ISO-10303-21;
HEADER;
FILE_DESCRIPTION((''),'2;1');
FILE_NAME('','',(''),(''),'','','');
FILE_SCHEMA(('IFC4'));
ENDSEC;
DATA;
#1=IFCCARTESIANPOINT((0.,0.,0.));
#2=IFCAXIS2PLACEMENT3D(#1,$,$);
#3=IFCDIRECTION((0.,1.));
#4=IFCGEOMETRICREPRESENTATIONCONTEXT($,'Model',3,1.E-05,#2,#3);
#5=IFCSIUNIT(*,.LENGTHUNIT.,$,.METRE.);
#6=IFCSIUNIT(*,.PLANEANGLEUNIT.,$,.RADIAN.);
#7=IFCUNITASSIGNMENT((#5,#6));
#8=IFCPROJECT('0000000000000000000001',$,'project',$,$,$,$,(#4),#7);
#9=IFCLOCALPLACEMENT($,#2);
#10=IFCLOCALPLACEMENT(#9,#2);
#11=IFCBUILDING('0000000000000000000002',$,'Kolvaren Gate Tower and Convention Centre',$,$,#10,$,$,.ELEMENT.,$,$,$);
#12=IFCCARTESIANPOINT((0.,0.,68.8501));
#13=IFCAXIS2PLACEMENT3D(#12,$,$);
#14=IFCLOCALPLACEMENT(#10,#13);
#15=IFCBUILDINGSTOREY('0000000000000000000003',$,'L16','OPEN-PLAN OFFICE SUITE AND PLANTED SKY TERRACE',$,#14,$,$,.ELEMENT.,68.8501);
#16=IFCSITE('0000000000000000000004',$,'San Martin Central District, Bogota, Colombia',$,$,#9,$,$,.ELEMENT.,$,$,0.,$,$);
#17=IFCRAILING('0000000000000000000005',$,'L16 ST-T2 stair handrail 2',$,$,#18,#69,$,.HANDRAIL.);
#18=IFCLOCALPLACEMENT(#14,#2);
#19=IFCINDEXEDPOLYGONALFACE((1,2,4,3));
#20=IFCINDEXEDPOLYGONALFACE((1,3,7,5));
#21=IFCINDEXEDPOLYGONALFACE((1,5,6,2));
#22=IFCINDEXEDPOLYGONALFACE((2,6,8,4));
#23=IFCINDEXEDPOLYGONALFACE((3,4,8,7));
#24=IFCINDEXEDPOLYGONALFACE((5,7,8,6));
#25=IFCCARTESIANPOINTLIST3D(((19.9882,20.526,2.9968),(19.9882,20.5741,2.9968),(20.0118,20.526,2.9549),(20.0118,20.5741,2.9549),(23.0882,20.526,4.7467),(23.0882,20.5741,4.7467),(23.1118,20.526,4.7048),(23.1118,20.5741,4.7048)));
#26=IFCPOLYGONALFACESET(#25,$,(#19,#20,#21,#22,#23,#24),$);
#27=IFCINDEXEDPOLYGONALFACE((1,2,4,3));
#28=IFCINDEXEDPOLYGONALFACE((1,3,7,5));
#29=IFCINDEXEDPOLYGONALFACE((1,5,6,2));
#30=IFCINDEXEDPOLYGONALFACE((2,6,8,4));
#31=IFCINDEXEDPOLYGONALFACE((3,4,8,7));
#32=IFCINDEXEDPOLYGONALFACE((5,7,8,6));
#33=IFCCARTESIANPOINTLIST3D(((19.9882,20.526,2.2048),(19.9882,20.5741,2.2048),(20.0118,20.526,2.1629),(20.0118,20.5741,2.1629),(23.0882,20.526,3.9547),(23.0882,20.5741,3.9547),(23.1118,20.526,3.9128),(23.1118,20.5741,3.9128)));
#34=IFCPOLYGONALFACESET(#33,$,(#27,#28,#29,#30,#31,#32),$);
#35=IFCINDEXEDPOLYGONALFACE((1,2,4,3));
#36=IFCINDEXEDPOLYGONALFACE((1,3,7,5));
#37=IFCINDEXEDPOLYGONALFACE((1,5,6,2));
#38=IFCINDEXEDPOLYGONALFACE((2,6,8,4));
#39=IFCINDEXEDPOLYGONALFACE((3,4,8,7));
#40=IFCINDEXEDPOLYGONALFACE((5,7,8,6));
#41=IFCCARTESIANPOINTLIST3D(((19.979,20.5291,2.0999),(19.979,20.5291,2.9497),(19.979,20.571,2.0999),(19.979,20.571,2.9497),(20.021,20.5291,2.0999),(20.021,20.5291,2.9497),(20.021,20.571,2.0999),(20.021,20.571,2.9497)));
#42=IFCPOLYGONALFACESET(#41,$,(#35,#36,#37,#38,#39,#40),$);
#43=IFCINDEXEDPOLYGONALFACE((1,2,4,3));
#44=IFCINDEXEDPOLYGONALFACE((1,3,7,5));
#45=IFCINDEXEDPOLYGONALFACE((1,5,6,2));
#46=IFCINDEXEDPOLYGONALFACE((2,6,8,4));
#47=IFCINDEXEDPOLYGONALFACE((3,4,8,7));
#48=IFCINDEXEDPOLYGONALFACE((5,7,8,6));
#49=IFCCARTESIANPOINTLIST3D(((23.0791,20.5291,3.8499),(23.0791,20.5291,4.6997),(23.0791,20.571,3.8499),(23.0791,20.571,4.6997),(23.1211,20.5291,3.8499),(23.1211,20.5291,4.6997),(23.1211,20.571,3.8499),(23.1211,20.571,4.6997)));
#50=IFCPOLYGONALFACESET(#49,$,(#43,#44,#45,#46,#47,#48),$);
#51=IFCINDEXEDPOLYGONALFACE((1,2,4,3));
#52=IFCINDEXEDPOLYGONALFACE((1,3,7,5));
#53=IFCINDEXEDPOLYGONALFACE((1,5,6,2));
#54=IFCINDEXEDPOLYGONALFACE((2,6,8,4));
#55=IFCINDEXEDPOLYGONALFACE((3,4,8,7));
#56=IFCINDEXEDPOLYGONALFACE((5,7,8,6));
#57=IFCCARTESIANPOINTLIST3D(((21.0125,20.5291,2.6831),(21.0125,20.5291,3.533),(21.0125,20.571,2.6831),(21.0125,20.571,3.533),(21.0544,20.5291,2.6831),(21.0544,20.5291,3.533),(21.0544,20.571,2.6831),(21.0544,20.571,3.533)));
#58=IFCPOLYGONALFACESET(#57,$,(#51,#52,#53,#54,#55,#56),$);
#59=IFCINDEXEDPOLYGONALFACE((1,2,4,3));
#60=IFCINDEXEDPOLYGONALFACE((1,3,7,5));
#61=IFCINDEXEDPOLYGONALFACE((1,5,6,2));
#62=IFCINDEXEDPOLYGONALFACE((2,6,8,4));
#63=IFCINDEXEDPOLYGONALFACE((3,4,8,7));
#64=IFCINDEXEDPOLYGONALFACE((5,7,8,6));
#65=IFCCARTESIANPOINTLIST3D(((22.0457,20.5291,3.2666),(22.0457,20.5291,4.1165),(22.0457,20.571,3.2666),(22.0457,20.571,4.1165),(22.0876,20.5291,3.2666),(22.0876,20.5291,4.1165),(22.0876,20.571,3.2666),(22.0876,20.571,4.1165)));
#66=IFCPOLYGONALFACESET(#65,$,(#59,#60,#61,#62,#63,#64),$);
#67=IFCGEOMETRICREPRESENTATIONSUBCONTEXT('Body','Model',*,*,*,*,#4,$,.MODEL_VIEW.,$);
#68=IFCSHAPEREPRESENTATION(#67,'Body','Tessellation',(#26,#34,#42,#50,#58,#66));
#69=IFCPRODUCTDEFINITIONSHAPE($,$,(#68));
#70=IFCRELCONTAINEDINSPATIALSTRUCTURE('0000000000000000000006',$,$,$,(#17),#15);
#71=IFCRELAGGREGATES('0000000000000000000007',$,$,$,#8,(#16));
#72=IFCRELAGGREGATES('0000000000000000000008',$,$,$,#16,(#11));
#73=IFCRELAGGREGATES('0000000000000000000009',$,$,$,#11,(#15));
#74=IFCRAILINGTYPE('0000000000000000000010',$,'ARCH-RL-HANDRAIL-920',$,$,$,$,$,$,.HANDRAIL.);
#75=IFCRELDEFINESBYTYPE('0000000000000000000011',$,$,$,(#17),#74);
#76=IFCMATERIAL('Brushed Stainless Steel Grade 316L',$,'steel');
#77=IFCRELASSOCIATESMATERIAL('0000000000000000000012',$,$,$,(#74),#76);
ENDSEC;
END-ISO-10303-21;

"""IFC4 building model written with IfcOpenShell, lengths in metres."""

from ifc_helpers import new_model, si_unit, direction, frame, origin, origin_2d, place, context, subcontext, project, spatial, rectangle, extrude, material, type_object, element, save


model = new_model("IFC4")

# Units and contexts
model_context = context("Model", 3, precision=1e-05, world=origin(), true_north=direction((0.0, 1.0)))
body_context = subcontext(model_context, "Body", "Model", "MODEL_VIEW")
ifc_project = project(units=[si_unit("LENGTHUNIT", "METRE"), si_unit("PLANEANGLEUNIT", "RADIAN")], contexts=[model_context])

# Site, building, storey
site_placement = place(None, origin())
site = spatial("IfcSite", under=ifc_project, at=site_placement, Name="San Martin Central District, Bogota, Colombia", CompositionType="ELEMENT", RefElevation=0.0)
building_placement = place(site_placement, origin())
building = spatial("IfcBuilding", under=site, at=building_placement, Name="Kolvaren Gate Tower and Convention Centre", CompositionType="ELEMENT")
storey_placement = place(building_placement, frame((0.0, 0.0, 68.8501)))
storey = spatial("IfcBuildingStorey", under=building, at=storey_placement, Name="L16", Description="OPEN-PLAN OFFICE SUITE AND PLANTED SKY TERRACE", CompositionType="ELEMENT", Elevation=68.8501)

# Shared definitions
ifc_material_1 = material(Name="Brushed Stainless Steel Grade 316L", Category="steel")

# Railing
railing_type_1 = type_object("IfcRailingType", Name="ARCH-RL-HANDRAIL-920", PredefinedType="HANDRAIL", material=ifc_material_1)
railing_1_placement = place(storey_placement, frame((20.0, 20.55, 2.0999)))
element("IfcRailing", 1, at=railing_1_placement, inside=storey, type_object=railing_type_1, Name="L16 ST-T2 stair handrail 2", PredefinedType="HANDRAIL", context=body_context, shape_type="SweptSolid", body=[
    extrude(rectangle(XDim=0.0481, YDim=0.0481, at=origin_2d()), frame((0.0, 0.0, 0.876), z_axis=(0.870831, 0.0, 0.491583), x_axis=(0.0, 1.0, 0.0)), (0.0, 0.0, 1.0), 3.5598),
    extrude(rectangle(XDim=0.0481, YDim=0.0481, at=origin_2d()), frame((0.0, 0.0, 0.084), z_axis=(0.870831, 0.0, 0.491583), x_axis=(0.0, 1.0, 0.0)), (0.0, 0.0, 1.0), 3.5598),
    extrude(rectangle(XDim=0.042, YDim=0.042, at=origin_2d()), origin(), (0.0, 0.0, 1.0), 0.8499),
    extrude(rectangle(XDim=0.042, YDim=0.042, at=origin_2d()), frame((3.1001, 0.0, 1.75)), (0.0, 0.0, 1.0), 0.8499),
    extrude(rectangle(XDim=0.042, YDim=0.042, at=origin_2d()), frame((1.0334, 0.0, 0.5833)), (0.0, 0.0, 1.0), 0.8499),
    extrude(rectangle(XDim=0.042, YDim=0.042, at=origin_2d()), frame((2.0667, 0.0, 1.1667)), (0.0, 0.0, 1.0), 0.8499),
])

save(model, "model.ifc")
